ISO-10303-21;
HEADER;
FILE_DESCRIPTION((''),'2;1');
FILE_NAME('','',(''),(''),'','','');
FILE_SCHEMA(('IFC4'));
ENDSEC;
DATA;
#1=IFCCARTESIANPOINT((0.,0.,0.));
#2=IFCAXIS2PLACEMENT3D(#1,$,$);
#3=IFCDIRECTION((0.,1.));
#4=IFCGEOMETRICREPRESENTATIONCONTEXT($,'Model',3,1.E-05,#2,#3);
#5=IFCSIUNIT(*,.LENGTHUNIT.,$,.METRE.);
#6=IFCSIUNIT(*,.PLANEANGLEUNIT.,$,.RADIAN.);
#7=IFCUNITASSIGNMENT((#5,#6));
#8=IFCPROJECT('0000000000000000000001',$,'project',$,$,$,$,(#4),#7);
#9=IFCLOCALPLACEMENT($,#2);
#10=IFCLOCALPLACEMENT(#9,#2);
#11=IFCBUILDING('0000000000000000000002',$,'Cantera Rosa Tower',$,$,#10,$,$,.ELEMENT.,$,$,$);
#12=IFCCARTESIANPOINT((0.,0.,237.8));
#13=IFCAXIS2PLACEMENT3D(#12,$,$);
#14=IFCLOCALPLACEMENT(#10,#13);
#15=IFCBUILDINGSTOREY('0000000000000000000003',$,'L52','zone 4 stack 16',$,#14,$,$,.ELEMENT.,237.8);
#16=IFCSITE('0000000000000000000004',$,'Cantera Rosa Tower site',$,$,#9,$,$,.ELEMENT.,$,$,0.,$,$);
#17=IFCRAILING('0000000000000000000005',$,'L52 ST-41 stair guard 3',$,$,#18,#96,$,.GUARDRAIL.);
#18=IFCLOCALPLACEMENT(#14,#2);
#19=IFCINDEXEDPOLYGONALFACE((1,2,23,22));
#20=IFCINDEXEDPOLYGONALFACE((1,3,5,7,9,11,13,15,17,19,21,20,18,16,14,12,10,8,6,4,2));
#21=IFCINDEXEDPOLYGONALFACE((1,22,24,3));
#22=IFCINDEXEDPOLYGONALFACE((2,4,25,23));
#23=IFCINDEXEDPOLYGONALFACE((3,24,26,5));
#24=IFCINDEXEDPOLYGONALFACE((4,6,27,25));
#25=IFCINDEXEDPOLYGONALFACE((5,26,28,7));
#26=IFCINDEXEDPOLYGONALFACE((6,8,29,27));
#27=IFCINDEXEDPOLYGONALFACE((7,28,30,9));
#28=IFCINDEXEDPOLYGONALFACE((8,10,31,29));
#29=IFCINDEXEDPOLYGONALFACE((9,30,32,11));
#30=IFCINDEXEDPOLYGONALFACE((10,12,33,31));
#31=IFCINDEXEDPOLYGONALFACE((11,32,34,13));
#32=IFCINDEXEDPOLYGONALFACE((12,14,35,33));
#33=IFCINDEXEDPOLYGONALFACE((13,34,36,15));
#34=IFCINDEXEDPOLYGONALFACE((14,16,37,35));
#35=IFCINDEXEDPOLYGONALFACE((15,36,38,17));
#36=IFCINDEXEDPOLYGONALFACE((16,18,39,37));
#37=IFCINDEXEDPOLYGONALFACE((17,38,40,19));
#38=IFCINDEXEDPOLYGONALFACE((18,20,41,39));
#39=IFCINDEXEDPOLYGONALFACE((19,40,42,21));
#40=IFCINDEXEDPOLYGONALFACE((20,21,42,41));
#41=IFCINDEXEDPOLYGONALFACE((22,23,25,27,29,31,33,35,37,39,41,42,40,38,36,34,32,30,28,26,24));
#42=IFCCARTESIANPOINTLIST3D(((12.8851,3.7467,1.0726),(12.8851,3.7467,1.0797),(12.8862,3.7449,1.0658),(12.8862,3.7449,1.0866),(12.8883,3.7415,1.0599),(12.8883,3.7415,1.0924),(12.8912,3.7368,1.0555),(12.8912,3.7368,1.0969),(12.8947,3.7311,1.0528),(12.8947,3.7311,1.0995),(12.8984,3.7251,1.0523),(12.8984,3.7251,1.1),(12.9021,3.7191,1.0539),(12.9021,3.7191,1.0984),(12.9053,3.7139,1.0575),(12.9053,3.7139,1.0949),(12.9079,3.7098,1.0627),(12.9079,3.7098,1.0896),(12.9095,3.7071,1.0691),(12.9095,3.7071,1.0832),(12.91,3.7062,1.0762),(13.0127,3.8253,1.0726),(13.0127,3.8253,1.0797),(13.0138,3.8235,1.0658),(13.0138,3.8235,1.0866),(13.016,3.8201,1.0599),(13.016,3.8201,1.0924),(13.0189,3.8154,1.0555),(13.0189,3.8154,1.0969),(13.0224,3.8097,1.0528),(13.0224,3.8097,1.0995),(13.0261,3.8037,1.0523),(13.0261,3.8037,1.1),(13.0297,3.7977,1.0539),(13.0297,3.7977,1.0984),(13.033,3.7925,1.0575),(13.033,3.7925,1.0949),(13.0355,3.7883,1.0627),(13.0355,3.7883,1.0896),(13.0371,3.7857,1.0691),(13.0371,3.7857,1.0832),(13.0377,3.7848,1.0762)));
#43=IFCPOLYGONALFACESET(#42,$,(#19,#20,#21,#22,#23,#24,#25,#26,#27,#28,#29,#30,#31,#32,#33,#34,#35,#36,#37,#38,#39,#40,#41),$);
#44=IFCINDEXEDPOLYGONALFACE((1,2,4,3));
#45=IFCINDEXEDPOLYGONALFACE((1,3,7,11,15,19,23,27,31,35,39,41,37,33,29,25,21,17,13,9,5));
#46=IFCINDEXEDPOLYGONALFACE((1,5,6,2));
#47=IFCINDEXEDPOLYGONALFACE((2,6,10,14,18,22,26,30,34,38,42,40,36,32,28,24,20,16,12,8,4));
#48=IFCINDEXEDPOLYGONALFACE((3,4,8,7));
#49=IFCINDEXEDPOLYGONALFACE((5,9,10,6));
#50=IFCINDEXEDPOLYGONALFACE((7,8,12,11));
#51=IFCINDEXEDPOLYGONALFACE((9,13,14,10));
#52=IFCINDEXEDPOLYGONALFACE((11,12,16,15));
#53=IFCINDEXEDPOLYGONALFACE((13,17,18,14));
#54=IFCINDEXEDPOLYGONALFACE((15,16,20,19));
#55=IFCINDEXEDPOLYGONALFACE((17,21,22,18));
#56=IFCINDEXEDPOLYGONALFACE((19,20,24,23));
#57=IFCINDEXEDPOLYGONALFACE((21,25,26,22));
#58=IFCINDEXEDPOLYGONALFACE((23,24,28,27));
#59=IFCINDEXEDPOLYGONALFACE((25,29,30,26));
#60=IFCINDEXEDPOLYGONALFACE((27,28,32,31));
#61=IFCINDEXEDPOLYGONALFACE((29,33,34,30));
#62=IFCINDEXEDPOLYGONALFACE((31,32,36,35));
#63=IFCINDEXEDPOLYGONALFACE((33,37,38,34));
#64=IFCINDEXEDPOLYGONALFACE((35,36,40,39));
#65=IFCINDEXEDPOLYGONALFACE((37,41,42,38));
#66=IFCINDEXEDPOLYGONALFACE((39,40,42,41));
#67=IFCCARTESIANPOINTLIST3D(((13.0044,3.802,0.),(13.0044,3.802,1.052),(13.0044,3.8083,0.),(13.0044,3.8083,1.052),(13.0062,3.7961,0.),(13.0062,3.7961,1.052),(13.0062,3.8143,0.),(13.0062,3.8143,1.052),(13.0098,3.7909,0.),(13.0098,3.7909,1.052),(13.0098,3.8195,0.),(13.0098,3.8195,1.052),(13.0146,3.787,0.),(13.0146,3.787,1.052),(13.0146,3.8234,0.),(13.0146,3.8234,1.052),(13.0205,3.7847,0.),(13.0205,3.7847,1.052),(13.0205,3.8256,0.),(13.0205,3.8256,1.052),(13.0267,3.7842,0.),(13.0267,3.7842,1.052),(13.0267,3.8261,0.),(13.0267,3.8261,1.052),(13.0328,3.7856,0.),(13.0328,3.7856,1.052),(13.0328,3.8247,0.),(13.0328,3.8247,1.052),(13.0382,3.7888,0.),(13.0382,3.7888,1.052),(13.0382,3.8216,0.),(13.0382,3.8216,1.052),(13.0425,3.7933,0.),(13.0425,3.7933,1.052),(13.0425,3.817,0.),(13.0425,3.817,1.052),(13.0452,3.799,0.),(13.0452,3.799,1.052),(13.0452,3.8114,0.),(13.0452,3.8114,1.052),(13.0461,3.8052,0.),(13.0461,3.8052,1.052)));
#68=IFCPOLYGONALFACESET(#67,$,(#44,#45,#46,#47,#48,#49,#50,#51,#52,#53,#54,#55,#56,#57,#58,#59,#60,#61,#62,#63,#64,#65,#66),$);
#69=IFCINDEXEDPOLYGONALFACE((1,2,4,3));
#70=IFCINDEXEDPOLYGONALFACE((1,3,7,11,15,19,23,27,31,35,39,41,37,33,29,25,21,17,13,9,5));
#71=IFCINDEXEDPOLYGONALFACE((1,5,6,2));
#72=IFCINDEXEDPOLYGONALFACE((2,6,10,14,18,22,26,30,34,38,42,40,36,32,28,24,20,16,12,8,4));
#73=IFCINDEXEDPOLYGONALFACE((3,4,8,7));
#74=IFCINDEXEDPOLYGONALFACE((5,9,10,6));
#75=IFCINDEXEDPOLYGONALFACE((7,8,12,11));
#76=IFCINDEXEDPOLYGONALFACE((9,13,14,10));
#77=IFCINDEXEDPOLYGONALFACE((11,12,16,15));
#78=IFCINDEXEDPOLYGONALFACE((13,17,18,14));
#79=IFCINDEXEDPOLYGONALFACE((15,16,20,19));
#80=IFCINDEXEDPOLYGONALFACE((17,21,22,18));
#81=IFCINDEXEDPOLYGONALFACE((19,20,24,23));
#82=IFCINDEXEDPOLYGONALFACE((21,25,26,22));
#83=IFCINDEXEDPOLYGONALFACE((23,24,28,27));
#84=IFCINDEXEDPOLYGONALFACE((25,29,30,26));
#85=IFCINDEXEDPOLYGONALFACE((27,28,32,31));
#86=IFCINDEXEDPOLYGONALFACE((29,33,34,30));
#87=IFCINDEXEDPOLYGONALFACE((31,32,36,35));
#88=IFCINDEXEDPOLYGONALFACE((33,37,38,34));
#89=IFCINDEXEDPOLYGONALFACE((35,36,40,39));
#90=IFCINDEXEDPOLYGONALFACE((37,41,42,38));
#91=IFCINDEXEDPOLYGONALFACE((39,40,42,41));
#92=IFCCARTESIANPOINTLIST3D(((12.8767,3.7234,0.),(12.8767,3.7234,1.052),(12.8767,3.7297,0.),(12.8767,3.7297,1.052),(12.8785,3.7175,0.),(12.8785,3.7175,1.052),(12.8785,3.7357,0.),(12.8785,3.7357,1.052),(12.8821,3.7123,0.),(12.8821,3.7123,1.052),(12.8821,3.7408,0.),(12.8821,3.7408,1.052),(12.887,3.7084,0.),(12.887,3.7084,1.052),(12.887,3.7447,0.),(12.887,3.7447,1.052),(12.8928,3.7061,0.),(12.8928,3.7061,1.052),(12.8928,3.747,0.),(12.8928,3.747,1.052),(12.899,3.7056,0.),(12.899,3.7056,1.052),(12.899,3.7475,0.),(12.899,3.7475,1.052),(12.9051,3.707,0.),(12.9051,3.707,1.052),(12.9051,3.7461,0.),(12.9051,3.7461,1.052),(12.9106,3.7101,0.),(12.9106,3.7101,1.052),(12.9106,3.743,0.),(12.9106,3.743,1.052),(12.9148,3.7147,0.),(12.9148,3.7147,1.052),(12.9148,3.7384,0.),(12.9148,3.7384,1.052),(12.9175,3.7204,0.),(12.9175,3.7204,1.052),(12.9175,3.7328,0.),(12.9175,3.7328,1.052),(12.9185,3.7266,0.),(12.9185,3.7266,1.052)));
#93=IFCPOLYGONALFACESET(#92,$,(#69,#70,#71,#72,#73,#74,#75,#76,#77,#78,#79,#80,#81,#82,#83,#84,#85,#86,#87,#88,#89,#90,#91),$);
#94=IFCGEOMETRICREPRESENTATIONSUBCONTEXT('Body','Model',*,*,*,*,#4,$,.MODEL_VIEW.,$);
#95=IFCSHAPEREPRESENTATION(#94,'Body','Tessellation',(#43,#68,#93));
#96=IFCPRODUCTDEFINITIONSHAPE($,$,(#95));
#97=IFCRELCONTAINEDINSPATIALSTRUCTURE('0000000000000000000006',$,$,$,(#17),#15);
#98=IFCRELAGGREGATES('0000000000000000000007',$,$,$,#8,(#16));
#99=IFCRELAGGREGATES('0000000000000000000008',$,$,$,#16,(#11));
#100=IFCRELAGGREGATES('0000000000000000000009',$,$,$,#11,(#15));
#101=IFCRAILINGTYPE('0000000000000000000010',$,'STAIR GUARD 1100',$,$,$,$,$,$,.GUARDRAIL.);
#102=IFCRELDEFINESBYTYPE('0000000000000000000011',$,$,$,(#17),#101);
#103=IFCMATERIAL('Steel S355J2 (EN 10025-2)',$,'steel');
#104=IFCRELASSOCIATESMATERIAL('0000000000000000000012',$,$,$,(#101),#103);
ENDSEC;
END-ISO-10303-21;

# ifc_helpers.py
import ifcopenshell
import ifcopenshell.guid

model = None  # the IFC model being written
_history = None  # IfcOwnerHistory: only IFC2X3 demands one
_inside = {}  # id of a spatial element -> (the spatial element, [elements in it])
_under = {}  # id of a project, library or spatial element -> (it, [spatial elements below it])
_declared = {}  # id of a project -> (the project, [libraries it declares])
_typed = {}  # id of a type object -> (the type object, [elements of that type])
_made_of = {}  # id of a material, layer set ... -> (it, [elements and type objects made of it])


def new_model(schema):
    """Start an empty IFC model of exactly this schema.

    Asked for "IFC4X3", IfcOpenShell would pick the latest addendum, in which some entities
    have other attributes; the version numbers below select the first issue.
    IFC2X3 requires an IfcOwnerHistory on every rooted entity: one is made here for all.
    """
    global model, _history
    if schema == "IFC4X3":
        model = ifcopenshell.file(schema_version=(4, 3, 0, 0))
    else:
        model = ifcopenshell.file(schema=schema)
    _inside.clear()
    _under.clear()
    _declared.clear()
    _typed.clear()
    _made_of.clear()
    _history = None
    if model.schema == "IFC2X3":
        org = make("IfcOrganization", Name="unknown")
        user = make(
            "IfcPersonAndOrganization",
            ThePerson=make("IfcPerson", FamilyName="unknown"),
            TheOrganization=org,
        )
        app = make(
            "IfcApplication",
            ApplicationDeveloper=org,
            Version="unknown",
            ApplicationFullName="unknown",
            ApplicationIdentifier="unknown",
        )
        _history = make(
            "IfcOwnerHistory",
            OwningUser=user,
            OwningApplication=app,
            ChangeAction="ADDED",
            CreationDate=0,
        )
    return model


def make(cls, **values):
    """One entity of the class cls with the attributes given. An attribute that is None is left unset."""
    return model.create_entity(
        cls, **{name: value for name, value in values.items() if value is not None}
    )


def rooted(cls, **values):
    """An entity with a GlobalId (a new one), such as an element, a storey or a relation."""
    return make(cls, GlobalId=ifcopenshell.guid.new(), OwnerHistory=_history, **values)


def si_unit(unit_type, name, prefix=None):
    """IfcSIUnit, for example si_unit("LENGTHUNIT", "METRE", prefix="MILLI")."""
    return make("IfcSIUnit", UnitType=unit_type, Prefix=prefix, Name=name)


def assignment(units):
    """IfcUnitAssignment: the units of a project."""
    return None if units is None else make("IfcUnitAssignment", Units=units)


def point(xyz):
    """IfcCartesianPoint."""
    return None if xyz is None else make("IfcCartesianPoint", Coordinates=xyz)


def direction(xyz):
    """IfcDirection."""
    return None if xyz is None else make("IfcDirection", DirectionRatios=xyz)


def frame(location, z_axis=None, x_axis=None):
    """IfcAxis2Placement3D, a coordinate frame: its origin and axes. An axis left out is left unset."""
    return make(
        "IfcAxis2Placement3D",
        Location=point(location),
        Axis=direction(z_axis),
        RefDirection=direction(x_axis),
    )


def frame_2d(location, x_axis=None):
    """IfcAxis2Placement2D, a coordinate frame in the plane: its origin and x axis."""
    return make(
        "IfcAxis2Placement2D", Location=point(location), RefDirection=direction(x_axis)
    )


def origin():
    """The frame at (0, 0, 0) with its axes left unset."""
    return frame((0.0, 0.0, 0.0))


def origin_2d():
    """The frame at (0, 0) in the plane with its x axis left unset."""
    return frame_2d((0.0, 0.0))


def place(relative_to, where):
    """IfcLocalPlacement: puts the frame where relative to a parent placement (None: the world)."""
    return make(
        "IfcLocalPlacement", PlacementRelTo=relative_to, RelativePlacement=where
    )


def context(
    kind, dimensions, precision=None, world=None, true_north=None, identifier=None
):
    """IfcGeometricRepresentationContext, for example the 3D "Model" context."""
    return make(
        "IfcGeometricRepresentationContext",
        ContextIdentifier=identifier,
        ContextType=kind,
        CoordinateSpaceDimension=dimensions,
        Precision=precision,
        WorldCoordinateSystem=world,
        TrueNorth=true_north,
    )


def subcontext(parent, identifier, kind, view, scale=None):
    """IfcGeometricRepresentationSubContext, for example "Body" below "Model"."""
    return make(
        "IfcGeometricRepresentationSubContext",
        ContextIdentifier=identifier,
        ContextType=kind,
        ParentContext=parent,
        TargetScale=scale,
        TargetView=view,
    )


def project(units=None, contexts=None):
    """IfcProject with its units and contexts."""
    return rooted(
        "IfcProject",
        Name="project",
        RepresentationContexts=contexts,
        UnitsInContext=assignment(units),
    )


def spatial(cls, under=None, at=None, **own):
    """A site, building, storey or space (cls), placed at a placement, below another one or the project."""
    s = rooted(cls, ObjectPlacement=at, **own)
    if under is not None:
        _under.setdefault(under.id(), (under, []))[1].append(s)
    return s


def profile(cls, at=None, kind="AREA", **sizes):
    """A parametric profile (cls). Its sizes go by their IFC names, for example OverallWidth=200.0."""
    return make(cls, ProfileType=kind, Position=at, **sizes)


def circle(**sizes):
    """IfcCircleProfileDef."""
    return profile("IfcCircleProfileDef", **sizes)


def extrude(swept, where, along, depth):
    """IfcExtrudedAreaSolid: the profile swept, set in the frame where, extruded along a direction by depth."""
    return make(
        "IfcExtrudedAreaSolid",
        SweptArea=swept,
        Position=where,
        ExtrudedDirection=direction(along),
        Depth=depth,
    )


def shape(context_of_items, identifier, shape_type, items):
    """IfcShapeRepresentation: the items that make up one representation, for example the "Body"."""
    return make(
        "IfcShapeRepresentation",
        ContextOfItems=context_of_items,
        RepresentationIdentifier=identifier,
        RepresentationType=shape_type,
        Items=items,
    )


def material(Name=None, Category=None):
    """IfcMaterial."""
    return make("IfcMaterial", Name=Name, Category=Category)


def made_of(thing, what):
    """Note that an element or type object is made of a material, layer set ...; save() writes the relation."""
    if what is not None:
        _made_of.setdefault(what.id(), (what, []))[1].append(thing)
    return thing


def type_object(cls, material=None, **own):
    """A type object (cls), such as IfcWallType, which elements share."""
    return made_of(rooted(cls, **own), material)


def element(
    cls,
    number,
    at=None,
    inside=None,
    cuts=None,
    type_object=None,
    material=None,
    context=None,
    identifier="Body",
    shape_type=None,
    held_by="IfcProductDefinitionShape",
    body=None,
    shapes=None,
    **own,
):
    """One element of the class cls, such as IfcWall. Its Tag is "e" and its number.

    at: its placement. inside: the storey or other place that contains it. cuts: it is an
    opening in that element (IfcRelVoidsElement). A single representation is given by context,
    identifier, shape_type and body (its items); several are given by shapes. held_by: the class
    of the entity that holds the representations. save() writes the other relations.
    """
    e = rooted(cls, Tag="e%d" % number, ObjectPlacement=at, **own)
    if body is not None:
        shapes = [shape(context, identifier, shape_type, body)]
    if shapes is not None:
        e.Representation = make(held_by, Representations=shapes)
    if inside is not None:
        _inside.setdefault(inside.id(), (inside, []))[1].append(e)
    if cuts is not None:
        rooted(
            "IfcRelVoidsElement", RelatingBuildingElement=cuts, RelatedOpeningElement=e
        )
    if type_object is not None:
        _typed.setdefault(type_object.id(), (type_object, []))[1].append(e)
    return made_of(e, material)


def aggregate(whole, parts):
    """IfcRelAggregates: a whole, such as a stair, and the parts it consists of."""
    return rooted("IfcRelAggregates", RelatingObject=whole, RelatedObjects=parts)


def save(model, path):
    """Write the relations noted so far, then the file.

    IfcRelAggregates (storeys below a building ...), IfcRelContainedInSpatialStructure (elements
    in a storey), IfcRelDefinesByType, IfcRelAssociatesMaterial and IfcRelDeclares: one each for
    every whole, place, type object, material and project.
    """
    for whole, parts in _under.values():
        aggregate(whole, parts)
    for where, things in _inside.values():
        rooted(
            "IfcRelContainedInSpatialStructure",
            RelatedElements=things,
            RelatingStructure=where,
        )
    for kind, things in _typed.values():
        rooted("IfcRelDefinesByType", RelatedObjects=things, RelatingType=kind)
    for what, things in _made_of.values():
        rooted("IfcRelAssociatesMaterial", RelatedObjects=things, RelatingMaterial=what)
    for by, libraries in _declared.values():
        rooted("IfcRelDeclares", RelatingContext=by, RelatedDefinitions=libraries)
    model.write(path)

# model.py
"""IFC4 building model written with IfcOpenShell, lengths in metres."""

from ifc_helpers import new_model, si_unit, direction, frame, origin, origin_2d, place, context, subcontext, project, spatial, circle, extrude, material, type_object, element, save


model = new_model("IFC4")

# Units and contexts
model_context = context("Model", 3, precision=1e-05, world=origin(), true_north=direction((0.0, 1.0)))
body_context = subcontext(model_context, "Body", "Model", "MODEL_VIEW")
ifc_project = project(units=[si_unit("LENGTHUNIT", "METRE"), si_unit("PLANEANGLEUNIT", "RADIAN")], contexts=[model_context])

# Site, building, storey
site_placement = place(None, origin())
site = spatial("IfcSite", under=ifc_project, at=site_placement, Name="Cantera Rosa Tower site", CompositionType="ELEMENT", RefElevation=0.0)
building_placement = place(site_placement, origin())
building = spatial("IfcBuilding", under=site, at=building_placement, Name="Cantera Rosa Tower", CompositionType="ELEMENT")
storey_placement = place(building_placement, frame((0.0, 0.0, 237.8)))
storey = spatial("IfcBuildingStorey", under=building, at=storey_placement, Name="L52", Description="zone 4 stack 16", CompositionType="ELEMENT", Elevation=237.8)

# Railing
ifc_material_1 = material(Name="Steel S355J2 (EN 10025-2)", Category="steel")
railing_type_1 = type_object("IfcRailingType", Name="STAIR GUARD 1100", PredefinedType="GUARDRAIL", material=ifc_material_1)
railing_1_placement = place(storey_placement, frame((13.0251, 3.8052, 0.0)))
element("IfcRailing", 1, at=railing_1_placement, inside=storey, type_object=railing_type_1, Name="L52 ST-41 stair guard 3", PredefinedType="GUARDRAIL", context=body_context, shape_type="SweptSolid", body=[
    extrude(circle(Radius=0.0239, at=origin_2d()), frame((0.0, 0.0, 1.0762), z_axis=(-0.851546, -0.524279, 0.0), x_axis=(0.524279, -0.851546, 0.0)), (0.0, 0.0, 1.0), 0.1499),
    extrude(circle(Radius=0.021, at=origin_2d()), origin(), (0.0, 0.0, 1.0), 1.052),
    extrude(circle(Radius=0.021, at=origin_2d()), frame((-0.1277, -0.0786, 0.0)), (0.0, 0.0, 1.0), 1.052),
])

save(model, "model.ifc")
